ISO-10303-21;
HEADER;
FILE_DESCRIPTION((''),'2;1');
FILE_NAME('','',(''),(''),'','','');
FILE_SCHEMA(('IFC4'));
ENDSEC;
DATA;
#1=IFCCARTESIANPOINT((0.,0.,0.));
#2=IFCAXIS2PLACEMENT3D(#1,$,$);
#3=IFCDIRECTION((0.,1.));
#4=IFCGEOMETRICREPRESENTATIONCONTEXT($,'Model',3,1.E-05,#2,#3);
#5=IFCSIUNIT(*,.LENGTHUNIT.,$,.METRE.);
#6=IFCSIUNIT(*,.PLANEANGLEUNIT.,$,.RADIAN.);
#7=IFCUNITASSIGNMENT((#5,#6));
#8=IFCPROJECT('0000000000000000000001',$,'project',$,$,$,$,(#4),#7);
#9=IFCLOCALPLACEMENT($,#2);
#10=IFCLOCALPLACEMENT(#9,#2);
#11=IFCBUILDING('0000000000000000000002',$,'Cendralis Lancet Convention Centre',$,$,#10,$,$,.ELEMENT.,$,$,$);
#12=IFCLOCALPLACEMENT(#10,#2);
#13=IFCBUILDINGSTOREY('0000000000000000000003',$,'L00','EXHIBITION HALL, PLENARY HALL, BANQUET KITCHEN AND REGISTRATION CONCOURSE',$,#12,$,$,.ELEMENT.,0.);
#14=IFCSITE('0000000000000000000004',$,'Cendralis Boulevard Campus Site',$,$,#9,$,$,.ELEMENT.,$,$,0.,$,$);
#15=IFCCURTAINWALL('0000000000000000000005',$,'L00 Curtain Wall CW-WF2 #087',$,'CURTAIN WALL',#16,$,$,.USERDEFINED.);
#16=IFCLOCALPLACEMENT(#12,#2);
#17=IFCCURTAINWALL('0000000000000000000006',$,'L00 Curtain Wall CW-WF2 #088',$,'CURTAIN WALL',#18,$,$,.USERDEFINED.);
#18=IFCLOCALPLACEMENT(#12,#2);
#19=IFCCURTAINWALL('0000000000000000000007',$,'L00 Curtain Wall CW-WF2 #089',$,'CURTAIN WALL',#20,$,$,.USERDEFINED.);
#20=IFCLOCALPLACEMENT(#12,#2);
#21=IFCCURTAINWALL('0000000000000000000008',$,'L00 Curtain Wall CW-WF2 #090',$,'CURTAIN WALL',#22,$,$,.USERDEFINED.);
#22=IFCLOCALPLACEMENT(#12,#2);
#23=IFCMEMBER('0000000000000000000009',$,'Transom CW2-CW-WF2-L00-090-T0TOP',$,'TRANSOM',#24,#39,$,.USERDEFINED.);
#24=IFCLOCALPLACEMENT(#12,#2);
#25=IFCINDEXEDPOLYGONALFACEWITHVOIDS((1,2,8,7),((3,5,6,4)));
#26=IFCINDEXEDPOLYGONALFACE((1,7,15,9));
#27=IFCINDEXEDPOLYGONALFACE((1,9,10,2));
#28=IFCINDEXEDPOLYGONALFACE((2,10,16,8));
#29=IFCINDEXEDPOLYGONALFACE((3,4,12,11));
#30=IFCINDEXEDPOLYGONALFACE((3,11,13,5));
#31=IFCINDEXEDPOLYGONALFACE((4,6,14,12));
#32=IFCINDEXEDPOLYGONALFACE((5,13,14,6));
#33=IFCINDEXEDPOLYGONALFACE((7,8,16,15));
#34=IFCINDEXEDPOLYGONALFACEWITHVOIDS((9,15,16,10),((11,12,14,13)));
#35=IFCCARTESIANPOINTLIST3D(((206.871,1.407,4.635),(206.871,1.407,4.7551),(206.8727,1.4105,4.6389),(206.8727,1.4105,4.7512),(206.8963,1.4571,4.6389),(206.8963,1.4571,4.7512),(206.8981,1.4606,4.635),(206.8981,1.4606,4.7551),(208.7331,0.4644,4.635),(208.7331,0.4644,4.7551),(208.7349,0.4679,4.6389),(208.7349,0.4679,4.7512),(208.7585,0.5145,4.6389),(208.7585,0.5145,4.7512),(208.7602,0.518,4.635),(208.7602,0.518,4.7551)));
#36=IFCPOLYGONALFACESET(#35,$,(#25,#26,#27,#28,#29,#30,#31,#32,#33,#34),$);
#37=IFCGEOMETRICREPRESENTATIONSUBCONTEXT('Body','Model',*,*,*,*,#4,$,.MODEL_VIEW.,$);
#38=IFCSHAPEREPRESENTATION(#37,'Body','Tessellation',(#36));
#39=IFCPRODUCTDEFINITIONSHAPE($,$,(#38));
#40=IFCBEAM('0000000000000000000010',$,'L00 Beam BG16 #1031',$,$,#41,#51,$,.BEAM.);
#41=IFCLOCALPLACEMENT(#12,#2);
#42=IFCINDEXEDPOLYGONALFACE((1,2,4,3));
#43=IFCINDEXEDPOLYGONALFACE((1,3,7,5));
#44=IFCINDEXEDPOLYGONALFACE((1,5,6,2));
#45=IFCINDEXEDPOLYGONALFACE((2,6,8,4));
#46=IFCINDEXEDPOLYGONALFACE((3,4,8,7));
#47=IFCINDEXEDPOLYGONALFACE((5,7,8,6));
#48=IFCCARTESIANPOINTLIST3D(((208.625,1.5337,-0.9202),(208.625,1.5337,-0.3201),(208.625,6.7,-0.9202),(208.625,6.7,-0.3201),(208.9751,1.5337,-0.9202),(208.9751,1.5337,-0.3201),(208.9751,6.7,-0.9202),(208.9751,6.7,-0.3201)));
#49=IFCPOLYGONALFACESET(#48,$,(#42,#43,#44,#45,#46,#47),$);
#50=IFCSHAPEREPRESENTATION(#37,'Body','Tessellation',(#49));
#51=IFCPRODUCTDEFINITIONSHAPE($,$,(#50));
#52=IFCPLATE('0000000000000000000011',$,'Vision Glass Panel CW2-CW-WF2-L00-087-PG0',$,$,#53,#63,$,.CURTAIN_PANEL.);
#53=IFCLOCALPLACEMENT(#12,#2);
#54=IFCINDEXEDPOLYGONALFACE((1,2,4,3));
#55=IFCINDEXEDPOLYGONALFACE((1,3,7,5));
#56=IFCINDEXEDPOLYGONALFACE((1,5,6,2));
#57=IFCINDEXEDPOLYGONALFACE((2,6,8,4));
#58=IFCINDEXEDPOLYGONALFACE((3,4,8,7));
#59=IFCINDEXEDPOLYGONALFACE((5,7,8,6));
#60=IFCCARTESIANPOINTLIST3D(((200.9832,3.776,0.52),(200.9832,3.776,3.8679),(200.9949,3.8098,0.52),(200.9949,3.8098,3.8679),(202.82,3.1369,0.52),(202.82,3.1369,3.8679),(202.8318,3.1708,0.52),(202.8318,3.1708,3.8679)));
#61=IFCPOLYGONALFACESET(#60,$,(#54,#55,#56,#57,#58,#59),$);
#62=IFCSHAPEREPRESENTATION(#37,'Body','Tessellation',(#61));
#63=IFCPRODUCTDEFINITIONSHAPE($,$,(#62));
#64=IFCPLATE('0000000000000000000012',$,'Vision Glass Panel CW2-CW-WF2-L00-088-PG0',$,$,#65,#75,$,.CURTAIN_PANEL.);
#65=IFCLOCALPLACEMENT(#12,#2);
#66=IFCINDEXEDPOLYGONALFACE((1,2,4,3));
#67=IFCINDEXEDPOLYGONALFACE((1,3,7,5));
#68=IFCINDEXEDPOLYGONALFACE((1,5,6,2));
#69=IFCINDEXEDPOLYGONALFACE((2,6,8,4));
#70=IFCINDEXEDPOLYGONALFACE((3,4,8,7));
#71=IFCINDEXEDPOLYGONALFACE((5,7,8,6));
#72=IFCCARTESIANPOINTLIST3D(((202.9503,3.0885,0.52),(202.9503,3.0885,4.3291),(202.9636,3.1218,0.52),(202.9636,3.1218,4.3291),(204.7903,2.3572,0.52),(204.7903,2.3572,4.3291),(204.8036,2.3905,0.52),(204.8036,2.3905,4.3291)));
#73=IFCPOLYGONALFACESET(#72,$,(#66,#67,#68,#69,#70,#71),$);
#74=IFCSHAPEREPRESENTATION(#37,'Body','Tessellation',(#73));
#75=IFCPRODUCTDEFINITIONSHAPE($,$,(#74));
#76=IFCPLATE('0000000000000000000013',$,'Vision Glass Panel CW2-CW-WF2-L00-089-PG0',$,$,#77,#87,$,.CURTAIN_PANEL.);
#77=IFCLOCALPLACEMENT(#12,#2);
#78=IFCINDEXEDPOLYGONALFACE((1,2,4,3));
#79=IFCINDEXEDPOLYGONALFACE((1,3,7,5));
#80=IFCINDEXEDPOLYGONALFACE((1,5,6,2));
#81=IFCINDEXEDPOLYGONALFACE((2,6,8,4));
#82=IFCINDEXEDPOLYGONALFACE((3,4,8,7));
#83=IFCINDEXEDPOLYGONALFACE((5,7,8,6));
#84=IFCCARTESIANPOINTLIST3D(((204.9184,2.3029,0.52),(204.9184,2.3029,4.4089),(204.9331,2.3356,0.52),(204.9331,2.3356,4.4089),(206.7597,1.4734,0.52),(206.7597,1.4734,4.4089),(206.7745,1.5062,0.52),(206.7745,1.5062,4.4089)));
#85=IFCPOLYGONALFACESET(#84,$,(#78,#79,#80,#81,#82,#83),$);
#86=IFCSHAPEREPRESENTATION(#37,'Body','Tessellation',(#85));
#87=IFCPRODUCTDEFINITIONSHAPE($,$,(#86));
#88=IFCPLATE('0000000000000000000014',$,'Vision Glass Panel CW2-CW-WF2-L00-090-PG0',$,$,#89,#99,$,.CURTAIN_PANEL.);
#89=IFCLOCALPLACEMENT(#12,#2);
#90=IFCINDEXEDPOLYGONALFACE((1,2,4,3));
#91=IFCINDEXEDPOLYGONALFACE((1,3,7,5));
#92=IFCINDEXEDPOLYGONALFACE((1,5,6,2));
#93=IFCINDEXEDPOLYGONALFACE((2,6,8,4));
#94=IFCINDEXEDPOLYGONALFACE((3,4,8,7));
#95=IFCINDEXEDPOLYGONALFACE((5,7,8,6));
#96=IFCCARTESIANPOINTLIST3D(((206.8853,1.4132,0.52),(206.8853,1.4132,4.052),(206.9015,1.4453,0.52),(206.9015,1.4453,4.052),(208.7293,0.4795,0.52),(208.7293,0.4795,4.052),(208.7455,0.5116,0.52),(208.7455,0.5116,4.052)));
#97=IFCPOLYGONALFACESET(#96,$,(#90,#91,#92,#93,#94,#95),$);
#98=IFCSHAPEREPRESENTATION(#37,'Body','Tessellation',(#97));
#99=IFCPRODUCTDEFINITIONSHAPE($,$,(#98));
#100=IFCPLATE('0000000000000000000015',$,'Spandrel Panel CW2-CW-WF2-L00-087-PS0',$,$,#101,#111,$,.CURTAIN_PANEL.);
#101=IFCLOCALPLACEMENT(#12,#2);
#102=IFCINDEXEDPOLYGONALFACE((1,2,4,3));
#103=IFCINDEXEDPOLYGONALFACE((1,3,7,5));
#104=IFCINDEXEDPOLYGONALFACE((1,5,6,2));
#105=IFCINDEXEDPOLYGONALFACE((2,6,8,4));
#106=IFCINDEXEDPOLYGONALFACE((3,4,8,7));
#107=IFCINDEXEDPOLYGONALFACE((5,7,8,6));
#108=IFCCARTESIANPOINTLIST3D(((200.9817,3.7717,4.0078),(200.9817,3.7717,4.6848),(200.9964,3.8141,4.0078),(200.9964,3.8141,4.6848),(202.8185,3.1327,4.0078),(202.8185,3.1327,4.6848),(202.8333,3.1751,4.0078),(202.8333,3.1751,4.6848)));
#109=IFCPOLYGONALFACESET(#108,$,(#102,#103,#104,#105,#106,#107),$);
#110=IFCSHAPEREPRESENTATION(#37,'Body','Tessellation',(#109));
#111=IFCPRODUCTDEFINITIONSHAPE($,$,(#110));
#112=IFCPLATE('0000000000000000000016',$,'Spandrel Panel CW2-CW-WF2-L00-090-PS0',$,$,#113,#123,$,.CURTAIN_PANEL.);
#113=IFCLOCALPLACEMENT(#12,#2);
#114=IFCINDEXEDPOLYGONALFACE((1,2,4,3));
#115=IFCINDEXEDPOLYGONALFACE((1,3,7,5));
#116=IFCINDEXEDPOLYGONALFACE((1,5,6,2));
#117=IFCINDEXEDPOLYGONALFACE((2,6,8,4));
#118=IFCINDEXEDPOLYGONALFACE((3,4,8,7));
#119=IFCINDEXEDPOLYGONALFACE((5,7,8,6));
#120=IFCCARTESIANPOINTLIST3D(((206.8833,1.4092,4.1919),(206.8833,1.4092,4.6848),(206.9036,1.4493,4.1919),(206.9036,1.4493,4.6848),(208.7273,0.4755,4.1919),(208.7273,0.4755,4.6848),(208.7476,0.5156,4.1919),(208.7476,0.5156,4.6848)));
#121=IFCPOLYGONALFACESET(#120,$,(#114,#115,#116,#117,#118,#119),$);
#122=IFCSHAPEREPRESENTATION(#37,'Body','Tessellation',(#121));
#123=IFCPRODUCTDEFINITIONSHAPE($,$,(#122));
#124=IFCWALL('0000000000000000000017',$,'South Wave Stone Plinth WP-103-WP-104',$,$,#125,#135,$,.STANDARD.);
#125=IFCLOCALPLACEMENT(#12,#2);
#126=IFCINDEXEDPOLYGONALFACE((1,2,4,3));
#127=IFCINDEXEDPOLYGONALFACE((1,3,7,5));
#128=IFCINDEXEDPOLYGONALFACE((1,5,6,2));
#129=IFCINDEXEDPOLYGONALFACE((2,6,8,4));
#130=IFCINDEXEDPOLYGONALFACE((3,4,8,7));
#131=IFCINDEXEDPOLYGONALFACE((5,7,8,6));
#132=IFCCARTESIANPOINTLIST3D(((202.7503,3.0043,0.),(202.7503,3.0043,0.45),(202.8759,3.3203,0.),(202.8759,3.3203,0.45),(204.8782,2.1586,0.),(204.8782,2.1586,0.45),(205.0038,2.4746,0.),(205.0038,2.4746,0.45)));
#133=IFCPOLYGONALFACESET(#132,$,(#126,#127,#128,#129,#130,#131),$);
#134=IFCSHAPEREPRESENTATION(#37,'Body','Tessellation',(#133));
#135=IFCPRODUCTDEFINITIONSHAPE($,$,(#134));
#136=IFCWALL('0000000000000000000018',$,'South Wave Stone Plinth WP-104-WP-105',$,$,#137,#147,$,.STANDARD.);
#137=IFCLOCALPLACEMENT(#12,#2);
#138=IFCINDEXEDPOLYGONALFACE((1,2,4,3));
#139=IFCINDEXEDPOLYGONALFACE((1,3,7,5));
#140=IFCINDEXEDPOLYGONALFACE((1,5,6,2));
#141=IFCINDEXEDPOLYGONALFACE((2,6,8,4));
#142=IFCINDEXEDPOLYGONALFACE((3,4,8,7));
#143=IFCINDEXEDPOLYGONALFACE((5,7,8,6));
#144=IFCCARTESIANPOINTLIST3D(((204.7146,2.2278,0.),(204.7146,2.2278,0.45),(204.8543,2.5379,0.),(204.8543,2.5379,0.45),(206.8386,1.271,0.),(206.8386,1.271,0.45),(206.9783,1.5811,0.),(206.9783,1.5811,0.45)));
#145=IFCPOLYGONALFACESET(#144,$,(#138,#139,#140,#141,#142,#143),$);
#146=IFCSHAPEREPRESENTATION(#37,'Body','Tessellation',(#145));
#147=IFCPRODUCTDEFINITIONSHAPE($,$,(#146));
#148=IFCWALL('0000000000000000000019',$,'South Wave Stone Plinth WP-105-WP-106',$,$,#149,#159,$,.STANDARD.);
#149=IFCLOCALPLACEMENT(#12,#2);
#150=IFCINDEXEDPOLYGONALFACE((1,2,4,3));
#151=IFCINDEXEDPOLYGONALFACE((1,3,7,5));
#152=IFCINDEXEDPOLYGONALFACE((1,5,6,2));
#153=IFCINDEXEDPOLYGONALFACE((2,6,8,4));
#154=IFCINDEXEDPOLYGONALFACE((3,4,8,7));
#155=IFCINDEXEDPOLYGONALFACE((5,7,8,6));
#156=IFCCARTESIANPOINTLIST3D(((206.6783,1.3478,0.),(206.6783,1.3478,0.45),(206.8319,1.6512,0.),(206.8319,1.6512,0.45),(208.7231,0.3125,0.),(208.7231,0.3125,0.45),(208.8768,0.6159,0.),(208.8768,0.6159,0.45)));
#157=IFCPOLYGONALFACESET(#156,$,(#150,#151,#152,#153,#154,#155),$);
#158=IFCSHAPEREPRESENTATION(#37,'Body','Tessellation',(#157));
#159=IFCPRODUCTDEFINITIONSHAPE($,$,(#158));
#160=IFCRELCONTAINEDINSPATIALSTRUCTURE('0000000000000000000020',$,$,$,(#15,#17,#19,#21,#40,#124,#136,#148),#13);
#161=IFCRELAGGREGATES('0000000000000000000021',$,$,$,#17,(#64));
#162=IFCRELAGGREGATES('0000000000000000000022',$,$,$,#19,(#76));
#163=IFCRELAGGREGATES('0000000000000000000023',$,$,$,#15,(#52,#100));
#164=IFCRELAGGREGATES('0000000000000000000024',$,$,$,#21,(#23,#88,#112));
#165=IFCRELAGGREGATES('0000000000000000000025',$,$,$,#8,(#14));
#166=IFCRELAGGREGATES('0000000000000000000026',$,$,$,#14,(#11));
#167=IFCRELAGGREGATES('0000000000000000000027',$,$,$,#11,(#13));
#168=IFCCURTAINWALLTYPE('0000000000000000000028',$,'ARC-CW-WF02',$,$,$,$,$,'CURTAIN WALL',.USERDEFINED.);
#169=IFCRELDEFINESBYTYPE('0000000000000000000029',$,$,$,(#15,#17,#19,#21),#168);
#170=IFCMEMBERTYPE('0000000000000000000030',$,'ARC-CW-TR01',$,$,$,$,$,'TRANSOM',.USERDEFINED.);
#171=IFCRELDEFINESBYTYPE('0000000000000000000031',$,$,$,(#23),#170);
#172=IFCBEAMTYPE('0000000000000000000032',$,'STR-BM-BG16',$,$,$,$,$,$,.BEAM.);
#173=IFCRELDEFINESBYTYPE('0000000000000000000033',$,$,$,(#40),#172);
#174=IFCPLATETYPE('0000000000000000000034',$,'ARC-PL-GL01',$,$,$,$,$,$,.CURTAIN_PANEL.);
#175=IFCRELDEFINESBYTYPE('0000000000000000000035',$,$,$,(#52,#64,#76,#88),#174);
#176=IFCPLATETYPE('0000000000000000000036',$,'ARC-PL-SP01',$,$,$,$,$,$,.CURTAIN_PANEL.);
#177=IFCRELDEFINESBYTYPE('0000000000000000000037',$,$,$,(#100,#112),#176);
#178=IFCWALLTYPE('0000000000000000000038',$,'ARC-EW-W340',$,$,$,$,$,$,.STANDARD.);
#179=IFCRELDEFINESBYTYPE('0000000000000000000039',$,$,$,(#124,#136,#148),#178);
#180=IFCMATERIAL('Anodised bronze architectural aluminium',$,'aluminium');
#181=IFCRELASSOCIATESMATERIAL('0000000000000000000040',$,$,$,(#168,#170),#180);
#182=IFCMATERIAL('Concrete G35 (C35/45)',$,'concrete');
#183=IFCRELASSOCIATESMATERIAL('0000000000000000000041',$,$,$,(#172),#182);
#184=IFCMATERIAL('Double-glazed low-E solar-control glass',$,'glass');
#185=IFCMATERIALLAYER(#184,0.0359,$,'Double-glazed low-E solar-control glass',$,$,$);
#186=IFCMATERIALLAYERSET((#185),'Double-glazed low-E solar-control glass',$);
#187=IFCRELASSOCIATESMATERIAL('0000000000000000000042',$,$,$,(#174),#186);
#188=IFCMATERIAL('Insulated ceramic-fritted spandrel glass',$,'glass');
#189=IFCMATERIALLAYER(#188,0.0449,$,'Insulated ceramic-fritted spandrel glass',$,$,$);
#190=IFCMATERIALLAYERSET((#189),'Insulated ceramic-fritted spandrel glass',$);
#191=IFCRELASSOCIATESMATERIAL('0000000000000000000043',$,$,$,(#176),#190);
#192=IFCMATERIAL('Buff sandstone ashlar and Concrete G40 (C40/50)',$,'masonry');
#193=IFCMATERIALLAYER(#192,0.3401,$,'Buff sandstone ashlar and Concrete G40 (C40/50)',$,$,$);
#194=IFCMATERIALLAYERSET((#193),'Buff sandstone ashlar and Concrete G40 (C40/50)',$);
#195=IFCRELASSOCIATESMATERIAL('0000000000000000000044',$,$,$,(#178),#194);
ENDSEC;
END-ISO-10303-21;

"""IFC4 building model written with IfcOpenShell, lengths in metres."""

from ifc_helpers import new_model, si_unit, direction, frame, frame_2d, origin, origin_2d, place, context, subcontext, project, spatial, rectangle, hollow_rectangle, extrude, material, layer, layer_set, material_profile, profile_set, type_object, element, aggregate, save


model = new_model("IFC4")

# Units and contexts
model_context = context("Model", 3, precision=1e-05, world=origin(), true_north=direction((0.0, 1.0)))
body_context = subcontext(model_context, "Body", "Model", "MODEL_VIEW")
ifc_project = project(units=[si_unit("LENGTHUNIT", "METRE"), si_unit("PLANEANGLEUNIT", "RADIAN")], contexts=[model_context])

# Site, building, storey
site_placement = place(None, origin())
site = spatial("IfcSite", under=ifc_project, at=site_placement, Name="Cendralis Boulevard Campus Site", CompositionType="ELEMENT", RefElevation=0.0)
building_placement = place(site_placement, origin())
building = spatial("IfcBuilding", under=site, at=building_placement, Name="Cendralis Lancet Convention Centre", CompositionType="ELEMENT")
storey_placement = place(building_placement, origin())
storey = spatial("IfcBuildingStorey", under=building, at=storey_placement, Name="L00", Description="EXHIBITION HALL, PLENARY HALL, BANQUET KITCHEN AND REGISTRATION CONCOURSE", CompositionType="ELEMENT", Elevation=0.0)

# Curtain walls
ifc_material_1 = material(Name="Anodised bronze architectural aluminium", Category="aluminium")
curtain_wall_type = type_object("IfcCurtainWallType", Name="ARC-CW-WF02", ElementType="CURTAIN WALL", PredefinedType="USERDEFINED", material=ifc_material_1)
curtain_wall_1_placement = place(storey_placement, origin())
curtain_wall_1 = element("IfcCurtainWall", 1, at=curtain_wall_1_placement, inside=storey, type_object=curtain_wall_type, Name="L00 Curtain Wall CW-WF2 #087", ObjectType="CURTAIN WALL", PredefinedType="USERDEFINED")
curtain_wall_2_placement = place(storey_placement, origin())
curtain_wall_2 = element("IfcCurtainWall", 2, at=curtain_wall_2_placement, inside=storey, type_object=curtain_wall_type, Name="L00 Curtain Wall CW-WF2 #088", ObjectType="CURTAIN WALL", PredefinedType="USERDEFINED")
curtain_wall_3_placement = place(storey_placement, origin())
curtain_wall_3 = element("IfcCurtainWall", 3, at=curtain_wall_3_placement, inside=storey, type_object=curtain_wall_type, Name="L00 Curtain Wall CW-WF2 #089", ObjectType="CURTAIN WALL", PredefinedType="USERDEFINED")
curtain_wall_4_placement = place(storey_placement, origin())
curtain_wall_4 = element("IfcCurtainWall", 4, at=curtain_wall_4_placement, inside=storey, type_object=curtain_wall_type, Name="L00 Curtain Wall CW-WF2 #090", ObjectType="CURTAIN WALL", PredefinedType="USERDEFINED")

# Member
ifc_material_profile_1 = material_profile(ifc_material_1, hollow_rectangle(XDim=0.0601, YDim=0.1201, WallThickness=0.0039, at=origin_2d()), Name="AL-TRAN 60x120x4.0")
ifc_profile_set_1 = profile_set([ifc_material_profile_1], Name="Anodised bronze architectural aluminium")
member_type_1 = type_object("IfcMemberType", Name="ARC-CW-TR01", ElementType="TRANSOM", PredefinedType="USERDEFINED", material=ifc_profile_set_1)
member_1_placement = place(storey_placement, frame((206.8845, 1.4338, 4.6951), z_axis=(0.892194, -0.451653, 0.0), x_axis=(0.451653, 0.892194, 0.0)))
member_1 = element("IfcMember", 5, at=member_1_placement, type_object=member_type_1, Name="Transom CW2-CW-WF2-L00-090-T0TOP", ObjectType="TRANSOM", PredefinedType="USERDEFINED", context=body_context, shape_type="SweptSolid", body=[
    extrude(hollow_rectangle(XDim=0.0601, YDim=0.1201, WallThickness=0.0039, at=origin_2d()), origin(), (0.0, 0.0, 1.0), 2.0872),
])

# Beam
ifc_material_2 = material(Name="Concrete G35 (C35/45)", Category="concrete")
ifc_material_profile_2 = material_profile(ifc_material_2, rectangle(XDim=0.3501, YDim=0.6001, at=origin_2d()), Name="RCB 350x600")
ifc_profile_set_2 = profile_set([ifc_material_profile_2], Name="Concrete G35 (C35/45)")
beam_type = type_object("IfcBeamType", Name="STR-BM-BG16", PredefinedType="BEAM", material=ifc_profile_set_2)
beam_placement = place(storey_placement, frame((208.8, 1.5337, -0.6201), z_axis=(0.0, 1.0, 0.0), x_axis=(-1.0, 0.0, 0.0)))
element("IfcBeam", 6, at=beam_placement, inside=storey, type_object=beam_type, Name="L00 Beam BG16 #1031", PredefinedType="BEAM", context=body_context, shape_type="SweptSolid", body=[
    extrude(rectangle(XDim=0.3501, YDim=0.6001, at=origin_2d()), origin(), (0.0, 0.0, 1.0), 5.1663),
])

# Plates
ifc_material_3 = material(Name="Double-glazed low-E solar-control glass", Category="glass")
ifc_layer_1 = layer(ifc_material_3, 0.0359, Name="Double-glazed low-E solar-control glass")
ifc_layer_set_1 = layer_set([ifc_layer_1], Name="Double-glazed low-E solar-control glass")
plate_type_1 = type_object("IfcPlateType", Name="ARC-PL-GL01", PredefinedType="CURTAIN_PANEL", material=ifc_layer_set_1)
plate_1_placement = place(storey_placement, frame((201.9075, 3.4734, 0.52), z_axis=(0.0, 0.0, 1.0), x_axis=(0.944477, -0.328576, 0.0)))
plate_1 = element("IfcPlate", 7, at=plate_1_placement, type_object=plate_type_1, Name="Vision Glass Panel CW2-CW-WF2-L00-087-PG0", PredefinedType="CURTAIN_PANEL", context=body_context, shape_type="SweptSolid", body=[
    extrude(rectangle(XDim=1.9448, YDim=0.0359, at=origin_2d()), origin(), (0.0, 0.0, 1.0), 3.3479),
])
plate_2_placement = place(storey_placement, frame((203.877, 2.7395, 0.52), z_axis=(0.0, 0.0, 1.0), x_axis=(0.929288, -0.369357, 0.0)))
plate_2 = element("IfcPlate", 8, at=plate_2_placement, type_object=plate_type_1, Name="Vision Glass Panel CW2-CW-WF2-L00-088-PG0", PredefinedType="CURTAIN_PANEL", context=body_context, shape_type="SweptSolid", body=[
    extrude(rectangle(XDim=1.98, YDim=0.0359, at=origin_2d()), origin(), (0.0, 0.0, 1.0), 3.8091),
])
aggregate(curtain_wall_2, [plate_2])
plate_3_placement = place(storey_placement, frame((205.8464, 1.9045, 0.52), z_axis=(0.0, 0.0, 1.0), x_axis=(0.911757, -0.41073, 0.0)))
plate_3 = element("IfcPlate", 9, at=plate_3_placement, type_object=plate_type_1, Name="Vision Glass Panel CW2-CW-WF2-L00-089-PG0", PredefinedType="CURTAIN_PANEL", context=body_context, shape_type="SweptSolid", body=[
    extrude(rectangle(XDim=2.0195, YDim=0.0359, at=origin_2d()), origin(), (0.0, 0.0, 1.0), 3.8889),
])
aggregate(curtain_wall_3, [plate_3])
plate_4_placement = place(storey_placement, frame((207.8154, 0.9624, 0.52), z_axis=(0.0, 0.0, 1.0), x_axis=(0.89215, -0.451739, 0.0)))
plate_4 = element("IfcPlate", 10, at=plate_4_placement, type_object=plate_type_1, Name="Vision Glass Panel CW2-CW-WF2-L00-090-PG0", PredefinedType="CURTAIN_PANEL", context=body_context, shape_type="SweptSolid", body=[
    extrude(rectangle(XDim=2.0669, YDim=0.0359, at=origin_2d()), origin(), (0.0, 0.0, 1.0), 3.532),
])
ifc_material_4 = material(Name="Insulated ceramic-fritted spandrel glass", Category="glass")
ifc_layer_2 = layer(ifc_material_4, 0.0449, Name="Insulated ceramic-fritted spandrel glass")
ifc_layer_set_2 = layer_set([ifc_layer_2], Name="Insulated ceramic-fritted spandrel glass")
plate_type_2 = type_object("IfcPlateType", Name="ARC-PL-SP01", PredefinedType="CURTAIN_PANEL", material=ifc_layer_set_2)
plate_5_placement = place(storey_placement, frame((201.9075, 3.4734, 4.0078), z_axis=(0.0, 0.0, 1.0), x_axis=(0.944477, -0.328576, 0.0)))
plate_5 = element("IfcPlate", 11, at=plate_5_placement, type_object=plate_type_2, Name="Spandrel Panel CW2-CW-WF2-L00-087-PS0", PredefinedType="CURTAIN_PANEL", context=body_context, shape_type="SweptSolid", body=[
    extrude(rectangle(XDim=1.9448, YDim=0.0449, at=origin_2d()), origin(), (0.0, 0.0, 1.0), 0.677),
])
aggregate(curtain_wall_1, [plate_1, plate_5])
plate_6_placement = place(storey_placement, frame((207.8154, 0.9624, 4.1919), z_axis=(0.0, 0.0, 1.0), x_axis=(0.89215, -0.451739, 0.0)))
plate_6 = element("IfcPlate", 12, at=plate_6_placement, type_object=plate_type_2, Name="Spandrel Panel CW2-CW-WF2-L00-090-PS0", PredefinedType="CURTAIN_PANEL", context=body_context, shape_type="SweptSolid", body=[
    extrude(rectangle(XDim=2.0669, YDim=0.0449, at=origin_2d()), origin(), (0.0, 0.0, 1.0), 0.4929),
])
aggregate(curtain_wall_4, [member_1, plate_4, plate_6])

# Walls
ifc_material_5 = material(Name="Buff sandstone ashlar and Concrete G40 (C40/50)", Category="masonry")
ifc_layer_3 = layer(ifc_material_5, 0.3401, Name="Buff sandstone ashlar and Concrete G40 (C40/50)")
ifc_layer_set_3 = layer_set([ifc_layer_3], Name="Buff sandstone ashlar and Concrete G40 (C40/50)")
wall_type = type_object("IfcWallType", Name="ARC-EW-W340", PredefinedType="STANDARD", material=ifc_layer_set_3)
wall_1_placement = place(storey_placement, frame((202.813, 3.1624, 0.0), z_axis=(0.0, 0.0, 1.0), x_axis=(0.929298, -0.369331, 0.0)))
element("IfcWall", 13, at=wall_1_placement, inside=storey, type_object=wall_type, Name="South Wave Stone Plinth WP-103-WP-104", PredefinedType="STANDARD", context=body_context, shape_type="SweptSolid", body=[
    extrude(rectangle(XDim=2.2898, YDim=0.3401, at=frame_2d((1.145, 0.0))), origin(), (0.0, 0.0, 1.0), 0.45),
])
wall_2_placement = place(storey_placement, frame((204.7844, 2.3828, 0.0), z_axis=(0.0, 0.0, 1.0), x_axis=(0.911765, -0.410713, 0.0)))
element("IfcWall", 14, at=wall_2_placement, inside=storey, type_object=wall_type, Name="South Wave Stone Plinth WP-104-WP-105", PredefinedType="STANDARD", context=body_context, shape_type="SweptSolid", body=[
    extrude(rectangle(XDim=2.3296, YDim=0.3401, at=frame_2d((1.1648, 0.0))), origin(), (0.0, 0.0, 1.0), 0.45),
])
wall_3_placement = place(storey_placement, frame((206.7551, 1.4995, 0.0), z_axis=(0.0, 0.0, 1.0), x_axis=(0.892158, -0.451724, 0.0)))
element("IfcWall", 15, at=wall_3_placement, inside=storey, type_object=wall_type, Name="South Wave Stone Plinth WP-105-WP-106", PredefinedType="STANDARD", context=body_context, shape_type="SweptSolid", body=[
    extrude(rectangle(XDim=2.292, YDim=0.3401, at=frame_2d((1.146, 0.0))), origin(), (0.0, 0.0, 1.0), 0.45),
])

save(model, "model.ifc")
